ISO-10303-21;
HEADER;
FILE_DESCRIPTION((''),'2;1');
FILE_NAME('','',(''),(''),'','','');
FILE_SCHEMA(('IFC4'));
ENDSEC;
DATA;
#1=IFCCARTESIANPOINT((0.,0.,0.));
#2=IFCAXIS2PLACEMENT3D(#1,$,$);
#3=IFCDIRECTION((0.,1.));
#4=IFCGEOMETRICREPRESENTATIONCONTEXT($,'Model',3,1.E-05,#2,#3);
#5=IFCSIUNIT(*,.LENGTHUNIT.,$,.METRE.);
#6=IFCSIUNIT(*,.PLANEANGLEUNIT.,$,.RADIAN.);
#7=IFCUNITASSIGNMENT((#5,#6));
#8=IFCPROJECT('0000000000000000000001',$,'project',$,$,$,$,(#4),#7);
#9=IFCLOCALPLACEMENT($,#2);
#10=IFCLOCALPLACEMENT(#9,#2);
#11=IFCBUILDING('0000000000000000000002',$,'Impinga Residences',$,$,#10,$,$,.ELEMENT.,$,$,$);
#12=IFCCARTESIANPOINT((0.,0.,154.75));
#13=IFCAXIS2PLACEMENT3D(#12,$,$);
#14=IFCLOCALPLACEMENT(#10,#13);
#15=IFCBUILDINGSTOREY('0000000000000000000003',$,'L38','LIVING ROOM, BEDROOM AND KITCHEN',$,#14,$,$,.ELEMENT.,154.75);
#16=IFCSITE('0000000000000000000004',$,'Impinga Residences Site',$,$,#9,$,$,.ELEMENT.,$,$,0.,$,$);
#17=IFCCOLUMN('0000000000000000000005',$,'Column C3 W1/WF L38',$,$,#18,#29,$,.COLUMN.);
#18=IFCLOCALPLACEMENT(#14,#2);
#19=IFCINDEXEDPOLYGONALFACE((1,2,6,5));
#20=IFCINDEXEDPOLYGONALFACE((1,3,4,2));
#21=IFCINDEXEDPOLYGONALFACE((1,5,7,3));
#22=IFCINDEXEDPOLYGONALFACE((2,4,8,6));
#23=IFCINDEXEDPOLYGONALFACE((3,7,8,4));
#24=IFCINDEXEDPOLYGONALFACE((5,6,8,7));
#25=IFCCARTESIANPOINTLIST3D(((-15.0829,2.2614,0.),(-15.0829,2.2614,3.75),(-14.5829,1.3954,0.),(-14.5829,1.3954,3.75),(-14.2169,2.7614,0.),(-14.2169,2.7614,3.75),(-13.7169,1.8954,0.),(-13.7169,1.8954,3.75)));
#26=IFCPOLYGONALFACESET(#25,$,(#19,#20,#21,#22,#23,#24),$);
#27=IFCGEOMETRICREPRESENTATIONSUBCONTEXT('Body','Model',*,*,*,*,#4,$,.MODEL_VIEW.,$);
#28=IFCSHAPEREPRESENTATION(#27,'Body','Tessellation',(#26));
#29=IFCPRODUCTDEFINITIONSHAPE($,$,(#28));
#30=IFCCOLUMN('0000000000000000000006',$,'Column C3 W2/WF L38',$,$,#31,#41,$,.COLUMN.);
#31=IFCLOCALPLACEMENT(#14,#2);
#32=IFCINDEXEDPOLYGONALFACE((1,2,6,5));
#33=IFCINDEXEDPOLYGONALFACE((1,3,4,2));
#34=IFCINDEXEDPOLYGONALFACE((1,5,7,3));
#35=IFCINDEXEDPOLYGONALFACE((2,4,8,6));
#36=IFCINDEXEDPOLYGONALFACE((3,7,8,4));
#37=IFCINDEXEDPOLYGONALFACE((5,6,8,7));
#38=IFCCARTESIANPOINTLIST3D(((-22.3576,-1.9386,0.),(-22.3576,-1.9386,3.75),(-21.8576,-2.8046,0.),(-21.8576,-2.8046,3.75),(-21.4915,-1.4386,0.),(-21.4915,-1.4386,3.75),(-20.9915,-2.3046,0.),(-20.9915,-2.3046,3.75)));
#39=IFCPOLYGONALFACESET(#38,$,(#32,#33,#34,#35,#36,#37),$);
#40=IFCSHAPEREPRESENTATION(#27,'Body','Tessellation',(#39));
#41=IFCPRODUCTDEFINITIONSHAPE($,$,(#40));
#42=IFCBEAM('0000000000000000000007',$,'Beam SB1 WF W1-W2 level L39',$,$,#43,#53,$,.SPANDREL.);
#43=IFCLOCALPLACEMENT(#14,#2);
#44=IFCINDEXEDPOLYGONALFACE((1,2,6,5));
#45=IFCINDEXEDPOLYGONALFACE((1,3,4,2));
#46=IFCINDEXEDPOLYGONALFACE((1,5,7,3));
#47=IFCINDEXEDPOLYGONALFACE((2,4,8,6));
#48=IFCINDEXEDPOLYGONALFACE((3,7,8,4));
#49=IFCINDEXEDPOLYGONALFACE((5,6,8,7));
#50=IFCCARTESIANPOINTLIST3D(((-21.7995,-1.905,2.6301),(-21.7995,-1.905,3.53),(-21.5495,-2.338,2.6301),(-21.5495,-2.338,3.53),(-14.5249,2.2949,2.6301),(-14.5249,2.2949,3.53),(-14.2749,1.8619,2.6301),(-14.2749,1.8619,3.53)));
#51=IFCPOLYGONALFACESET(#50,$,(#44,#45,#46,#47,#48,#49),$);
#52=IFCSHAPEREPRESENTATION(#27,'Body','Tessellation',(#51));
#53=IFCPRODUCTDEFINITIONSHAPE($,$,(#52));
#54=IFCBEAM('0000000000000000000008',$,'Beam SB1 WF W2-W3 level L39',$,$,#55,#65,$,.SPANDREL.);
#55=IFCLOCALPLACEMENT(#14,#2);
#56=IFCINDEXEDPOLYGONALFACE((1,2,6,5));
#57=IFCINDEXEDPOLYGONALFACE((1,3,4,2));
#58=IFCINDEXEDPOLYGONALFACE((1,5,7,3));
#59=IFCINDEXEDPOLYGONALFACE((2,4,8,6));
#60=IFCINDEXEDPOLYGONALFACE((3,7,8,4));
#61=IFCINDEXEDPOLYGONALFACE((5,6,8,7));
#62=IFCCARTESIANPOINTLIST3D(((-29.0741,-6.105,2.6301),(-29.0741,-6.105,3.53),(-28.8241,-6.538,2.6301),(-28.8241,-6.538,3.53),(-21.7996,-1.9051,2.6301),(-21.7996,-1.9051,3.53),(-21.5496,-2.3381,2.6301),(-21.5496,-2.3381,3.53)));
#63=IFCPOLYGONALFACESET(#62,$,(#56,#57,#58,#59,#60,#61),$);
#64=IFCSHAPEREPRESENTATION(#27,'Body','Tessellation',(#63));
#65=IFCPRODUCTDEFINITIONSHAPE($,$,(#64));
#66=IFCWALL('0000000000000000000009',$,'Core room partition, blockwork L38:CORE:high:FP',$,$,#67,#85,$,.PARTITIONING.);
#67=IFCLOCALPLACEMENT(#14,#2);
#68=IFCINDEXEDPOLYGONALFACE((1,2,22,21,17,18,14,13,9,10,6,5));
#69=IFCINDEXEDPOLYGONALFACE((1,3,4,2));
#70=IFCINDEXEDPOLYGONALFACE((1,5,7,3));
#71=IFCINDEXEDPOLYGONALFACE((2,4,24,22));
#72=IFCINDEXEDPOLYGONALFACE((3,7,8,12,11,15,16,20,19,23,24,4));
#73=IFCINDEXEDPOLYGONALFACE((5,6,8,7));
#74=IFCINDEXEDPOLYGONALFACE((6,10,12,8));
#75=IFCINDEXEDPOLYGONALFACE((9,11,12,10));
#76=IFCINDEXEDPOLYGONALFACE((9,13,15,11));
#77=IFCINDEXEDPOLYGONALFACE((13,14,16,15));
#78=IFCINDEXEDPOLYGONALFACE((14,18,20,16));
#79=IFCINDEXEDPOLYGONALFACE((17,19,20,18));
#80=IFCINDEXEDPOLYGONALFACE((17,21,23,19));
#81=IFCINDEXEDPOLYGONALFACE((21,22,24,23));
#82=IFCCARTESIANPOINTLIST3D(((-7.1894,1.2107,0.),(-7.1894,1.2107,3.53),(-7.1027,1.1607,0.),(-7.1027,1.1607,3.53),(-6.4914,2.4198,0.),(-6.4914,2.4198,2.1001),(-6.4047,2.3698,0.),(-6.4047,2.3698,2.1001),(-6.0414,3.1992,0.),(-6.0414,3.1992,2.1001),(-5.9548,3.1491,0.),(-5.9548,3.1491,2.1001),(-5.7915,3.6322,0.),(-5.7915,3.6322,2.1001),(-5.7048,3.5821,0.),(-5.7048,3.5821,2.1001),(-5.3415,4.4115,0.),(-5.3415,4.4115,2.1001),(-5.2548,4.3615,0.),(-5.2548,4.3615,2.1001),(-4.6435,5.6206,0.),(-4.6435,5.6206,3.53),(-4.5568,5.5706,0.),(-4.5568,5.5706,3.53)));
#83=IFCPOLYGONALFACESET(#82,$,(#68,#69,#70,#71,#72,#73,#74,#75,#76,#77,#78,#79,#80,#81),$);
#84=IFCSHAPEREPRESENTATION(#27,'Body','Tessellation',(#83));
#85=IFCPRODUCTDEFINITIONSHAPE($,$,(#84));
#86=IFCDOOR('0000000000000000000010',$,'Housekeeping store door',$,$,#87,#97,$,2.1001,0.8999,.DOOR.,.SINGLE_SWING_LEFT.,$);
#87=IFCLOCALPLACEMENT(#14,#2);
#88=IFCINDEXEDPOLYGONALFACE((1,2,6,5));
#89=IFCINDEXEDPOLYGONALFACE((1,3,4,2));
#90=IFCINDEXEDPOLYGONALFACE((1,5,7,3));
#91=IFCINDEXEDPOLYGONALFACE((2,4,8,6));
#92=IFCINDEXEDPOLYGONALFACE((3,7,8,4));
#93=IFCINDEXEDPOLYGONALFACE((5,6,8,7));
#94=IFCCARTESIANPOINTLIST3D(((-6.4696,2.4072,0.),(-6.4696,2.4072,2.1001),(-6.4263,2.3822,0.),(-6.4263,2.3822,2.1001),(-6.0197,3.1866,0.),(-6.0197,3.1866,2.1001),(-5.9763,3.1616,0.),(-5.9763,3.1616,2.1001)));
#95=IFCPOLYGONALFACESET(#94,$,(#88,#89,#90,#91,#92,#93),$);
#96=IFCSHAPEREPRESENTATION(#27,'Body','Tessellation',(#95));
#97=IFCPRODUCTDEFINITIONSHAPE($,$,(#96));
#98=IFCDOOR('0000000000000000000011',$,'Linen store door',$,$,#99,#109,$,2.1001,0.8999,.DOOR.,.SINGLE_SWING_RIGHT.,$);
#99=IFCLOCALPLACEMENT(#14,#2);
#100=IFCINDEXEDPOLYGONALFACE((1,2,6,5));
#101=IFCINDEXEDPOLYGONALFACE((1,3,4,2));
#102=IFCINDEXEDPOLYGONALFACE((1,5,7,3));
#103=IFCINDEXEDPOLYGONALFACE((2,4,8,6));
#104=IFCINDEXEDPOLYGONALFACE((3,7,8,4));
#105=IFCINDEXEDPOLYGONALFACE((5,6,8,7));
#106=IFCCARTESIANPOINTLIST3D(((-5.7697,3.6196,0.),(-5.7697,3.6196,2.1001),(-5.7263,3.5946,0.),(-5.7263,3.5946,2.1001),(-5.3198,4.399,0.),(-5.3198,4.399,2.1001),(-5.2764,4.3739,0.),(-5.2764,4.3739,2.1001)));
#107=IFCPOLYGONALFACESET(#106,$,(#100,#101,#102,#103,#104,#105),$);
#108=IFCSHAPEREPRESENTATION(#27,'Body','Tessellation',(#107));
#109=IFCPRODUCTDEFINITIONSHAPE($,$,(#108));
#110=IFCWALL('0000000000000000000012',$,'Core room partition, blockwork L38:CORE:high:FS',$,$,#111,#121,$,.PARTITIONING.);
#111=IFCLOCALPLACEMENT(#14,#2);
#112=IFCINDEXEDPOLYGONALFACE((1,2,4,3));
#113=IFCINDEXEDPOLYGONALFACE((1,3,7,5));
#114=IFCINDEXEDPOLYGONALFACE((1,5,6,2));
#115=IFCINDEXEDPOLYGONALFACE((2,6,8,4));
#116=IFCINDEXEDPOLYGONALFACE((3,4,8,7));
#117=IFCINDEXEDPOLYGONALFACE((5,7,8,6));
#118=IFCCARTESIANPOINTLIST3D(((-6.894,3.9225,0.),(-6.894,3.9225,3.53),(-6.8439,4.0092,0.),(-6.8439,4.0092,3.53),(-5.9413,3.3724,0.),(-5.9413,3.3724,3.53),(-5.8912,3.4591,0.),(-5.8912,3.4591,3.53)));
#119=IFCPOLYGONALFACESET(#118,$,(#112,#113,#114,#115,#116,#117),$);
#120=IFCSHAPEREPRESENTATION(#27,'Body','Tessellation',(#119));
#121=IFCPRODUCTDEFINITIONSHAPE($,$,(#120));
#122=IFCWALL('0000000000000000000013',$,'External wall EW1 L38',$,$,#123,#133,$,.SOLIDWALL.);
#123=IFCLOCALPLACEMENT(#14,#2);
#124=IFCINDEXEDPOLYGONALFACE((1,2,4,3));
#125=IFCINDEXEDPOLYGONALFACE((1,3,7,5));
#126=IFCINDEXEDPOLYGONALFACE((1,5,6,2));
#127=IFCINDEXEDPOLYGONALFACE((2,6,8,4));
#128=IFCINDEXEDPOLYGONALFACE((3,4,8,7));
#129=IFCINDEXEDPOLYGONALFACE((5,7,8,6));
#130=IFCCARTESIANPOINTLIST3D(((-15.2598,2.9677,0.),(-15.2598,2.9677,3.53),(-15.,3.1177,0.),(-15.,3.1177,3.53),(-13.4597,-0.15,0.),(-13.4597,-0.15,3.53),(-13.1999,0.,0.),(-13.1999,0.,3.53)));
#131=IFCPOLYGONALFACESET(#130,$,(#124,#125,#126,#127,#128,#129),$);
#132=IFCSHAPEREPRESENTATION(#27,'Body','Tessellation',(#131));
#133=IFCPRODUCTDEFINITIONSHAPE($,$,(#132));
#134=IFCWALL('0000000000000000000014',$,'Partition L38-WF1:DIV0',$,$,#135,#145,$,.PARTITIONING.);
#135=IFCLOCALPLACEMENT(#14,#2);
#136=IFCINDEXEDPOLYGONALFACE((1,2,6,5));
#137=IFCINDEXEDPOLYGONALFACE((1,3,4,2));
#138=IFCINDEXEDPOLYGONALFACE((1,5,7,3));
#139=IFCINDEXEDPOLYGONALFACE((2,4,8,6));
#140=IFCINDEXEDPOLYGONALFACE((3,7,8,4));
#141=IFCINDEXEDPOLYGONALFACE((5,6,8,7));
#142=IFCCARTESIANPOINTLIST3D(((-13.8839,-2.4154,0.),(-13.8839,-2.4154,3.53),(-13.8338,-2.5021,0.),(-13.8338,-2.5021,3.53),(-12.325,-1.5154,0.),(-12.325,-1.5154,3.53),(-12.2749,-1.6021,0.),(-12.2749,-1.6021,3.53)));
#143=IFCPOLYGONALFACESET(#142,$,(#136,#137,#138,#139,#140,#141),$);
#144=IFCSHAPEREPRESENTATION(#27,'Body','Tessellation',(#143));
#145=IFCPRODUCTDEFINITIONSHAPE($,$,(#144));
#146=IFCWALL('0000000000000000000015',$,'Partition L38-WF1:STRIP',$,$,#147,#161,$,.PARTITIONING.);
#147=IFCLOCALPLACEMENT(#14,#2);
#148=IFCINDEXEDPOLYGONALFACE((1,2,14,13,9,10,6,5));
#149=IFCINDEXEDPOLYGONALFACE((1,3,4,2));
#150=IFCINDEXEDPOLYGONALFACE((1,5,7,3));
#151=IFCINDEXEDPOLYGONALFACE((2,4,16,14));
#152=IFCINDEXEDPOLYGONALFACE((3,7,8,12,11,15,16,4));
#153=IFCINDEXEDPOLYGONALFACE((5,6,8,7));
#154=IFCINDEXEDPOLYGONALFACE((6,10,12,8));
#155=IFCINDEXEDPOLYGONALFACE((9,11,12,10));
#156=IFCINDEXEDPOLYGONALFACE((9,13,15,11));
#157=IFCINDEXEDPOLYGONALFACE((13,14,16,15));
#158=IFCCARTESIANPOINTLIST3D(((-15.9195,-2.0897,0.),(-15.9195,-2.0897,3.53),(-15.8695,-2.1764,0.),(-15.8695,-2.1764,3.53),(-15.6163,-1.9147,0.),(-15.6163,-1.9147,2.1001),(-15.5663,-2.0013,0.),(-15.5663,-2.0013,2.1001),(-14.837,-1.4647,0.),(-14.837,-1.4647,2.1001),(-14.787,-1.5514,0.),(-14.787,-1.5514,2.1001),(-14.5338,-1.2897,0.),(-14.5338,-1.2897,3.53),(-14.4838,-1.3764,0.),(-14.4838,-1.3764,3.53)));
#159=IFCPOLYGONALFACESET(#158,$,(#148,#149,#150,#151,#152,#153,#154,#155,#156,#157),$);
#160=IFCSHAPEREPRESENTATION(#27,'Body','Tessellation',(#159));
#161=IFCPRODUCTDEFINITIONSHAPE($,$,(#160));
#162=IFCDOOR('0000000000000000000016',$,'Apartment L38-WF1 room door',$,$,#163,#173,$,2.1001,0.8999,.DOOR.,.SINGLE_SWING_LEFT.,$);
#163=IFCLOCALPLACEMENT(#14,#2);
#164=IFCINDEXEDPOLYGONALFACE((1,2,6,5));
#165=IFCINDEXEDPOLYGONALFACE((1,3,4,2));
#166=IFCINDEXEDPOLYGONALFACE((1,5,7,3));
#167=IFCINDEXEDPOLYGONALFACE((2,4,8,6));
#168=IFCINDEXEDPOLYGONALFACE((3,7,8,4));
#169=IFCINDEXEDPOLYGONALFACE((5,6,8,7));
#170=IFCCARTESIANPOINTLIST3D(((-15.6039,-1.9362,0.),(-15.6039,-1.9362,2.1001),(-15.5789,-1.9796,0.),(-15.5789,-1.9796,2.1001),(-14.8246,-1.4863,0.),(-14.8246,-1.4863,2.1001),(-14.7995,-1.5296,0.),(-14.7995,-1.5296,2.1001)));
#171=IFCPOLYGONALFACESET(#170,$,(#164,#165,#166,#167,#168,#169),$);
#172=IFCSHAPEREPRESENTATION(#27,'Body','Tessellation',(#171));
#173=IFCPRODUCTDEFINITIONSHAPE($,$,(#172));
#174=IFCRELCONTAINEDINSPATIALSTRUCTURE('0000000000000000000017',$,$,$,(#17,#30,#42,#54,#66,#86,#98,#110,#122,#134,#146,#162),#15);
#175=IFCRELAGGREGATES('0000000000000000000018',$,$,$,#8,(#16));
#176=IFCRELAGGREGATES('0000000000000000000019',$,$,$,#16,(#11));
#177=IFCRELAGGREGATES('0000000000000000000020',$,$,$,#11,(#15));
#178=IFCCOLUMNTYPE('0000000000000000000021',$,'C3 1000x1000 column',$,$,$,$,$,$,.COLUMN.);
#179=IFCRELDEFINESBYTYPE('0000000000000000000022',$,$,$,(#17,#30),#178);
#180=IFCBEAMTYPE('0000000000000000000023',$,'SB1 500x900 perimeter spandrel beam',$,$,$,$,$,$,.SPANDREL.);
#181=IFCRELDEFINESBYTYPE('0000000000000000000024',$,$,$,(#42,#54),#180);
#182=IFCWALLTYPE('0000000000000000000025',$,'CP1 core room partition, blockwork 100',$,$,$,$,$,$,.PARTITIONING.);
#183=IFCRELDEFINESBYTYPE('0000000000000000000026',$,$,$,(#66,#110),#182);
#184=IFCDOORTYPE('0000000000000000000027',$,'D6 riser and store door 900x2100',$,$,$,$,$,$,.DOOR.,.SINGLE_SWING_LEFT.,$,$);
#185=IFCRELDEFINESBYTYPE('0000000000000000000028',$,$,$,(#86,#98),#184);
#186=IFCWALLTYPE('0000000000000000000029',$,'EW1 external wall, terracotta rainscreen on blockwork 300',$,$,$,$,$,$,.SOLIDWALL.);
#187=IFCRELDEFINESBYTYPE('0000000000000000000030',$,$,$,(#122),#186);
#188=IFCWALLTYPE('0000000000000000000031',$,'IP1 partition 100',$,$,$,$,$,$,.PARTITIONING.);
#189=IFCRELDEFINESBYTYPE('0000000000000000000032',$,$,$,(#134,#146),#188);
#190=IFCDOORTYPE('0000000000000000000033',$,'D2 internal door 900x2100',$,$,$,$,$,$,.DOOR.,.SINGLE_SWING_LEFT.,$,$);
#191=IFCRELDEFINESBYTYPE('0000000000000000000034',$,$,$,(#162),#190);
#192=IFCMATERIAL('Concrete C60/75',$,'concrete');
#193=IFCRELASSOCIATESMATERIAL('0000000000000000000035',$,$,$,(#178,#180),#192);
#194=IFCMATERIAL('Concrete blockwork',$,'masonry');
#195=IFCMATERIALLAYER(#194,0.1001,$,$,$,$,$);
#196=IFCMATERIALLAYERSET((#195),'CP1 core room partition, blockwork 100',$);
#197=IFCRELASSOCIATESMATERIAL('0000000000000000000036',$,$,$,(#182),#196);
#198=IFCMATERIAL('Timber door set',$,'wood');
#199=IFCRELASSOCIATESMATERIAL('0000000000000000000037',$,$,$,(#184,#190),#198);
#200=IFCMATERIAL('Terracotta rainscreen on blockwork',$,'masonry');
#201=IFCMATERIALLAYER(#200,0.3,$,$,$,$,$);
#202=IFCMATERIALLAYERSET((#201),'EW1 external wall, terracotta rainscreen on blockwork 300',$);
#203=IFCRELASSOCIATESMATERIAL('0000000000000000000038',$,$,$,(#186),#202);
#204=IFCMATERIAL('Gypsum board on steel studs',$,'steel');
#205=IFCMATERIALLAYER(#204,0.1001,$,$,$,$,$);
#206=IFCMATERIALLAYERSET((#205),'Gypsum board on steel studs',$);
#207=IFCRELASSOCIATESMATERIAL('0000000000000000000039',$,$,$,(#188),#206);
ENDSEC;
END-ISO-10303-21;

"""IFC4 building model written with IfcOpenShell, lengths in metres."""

from ifc_helpers import new_model, si_unit, direction, frame, frame_2d, origin, origin_2d, place, context, subcontext, project, spatial, rectangle, extrude, material, layer, layer_set, material_profile, profile_set, type_object, element, fill, save


model = new_model("IFC4")

# Units and contexts
model_context = context("Model", 3, precision=1e-05, world=origin(), true_north=direction((0.0, 1.0)))
body_context = subcontext(model_context, "Body", "Model", "MODEL_VIEW")
ifc_project = project(units=[si_unit("LENGTHUNIT", "METRE"), si_unit("PLANEANGLEUNIT", "RADIAN")], contexts=[model_context])

# Site, building, storey
site_placement = place(None, origin())
site = spatial("IfcSite", under=ifc_project, at=site_placement, Name="Impinga Residences Site", CompositionType="ELEMENT", RefElevation=0.0)
building_placement = place(site_placement, origin())
building = spatial("IfcBuilding", under=site, at=building_placement, Name="Impinga Residences", CompositionType="ELEMENT")
storey_placement = place(building_placement, frame((0.0, 0.0, 154.75)))
storey = spatial("IfcBuildingStorey", under=building, at=storey_placement, Name="L38", Description="LIVING ROOM, BEDROOM AND KITCHEN", CompositionType="ELEMENT", Elevation=154.75)

# Columns
ifc_material_1 = material(Name="Concrete C60/75", Category="concrete")
ifc_material_profile_1 = material_profile(ifc_material_1, rectangle(XDim=1.0, YDim=1.0, at=origin_2d()), Name="RC 1000x1000")
ifc_profile_set_1 = profile_set([ifc_material_profile_1], Name="Concrete C60/75")
column_type = type_object("IfcColumnType", Name="C3 1000x1000 column", PredefinedType="COLUMN", material=ifc_profile_set_1)
for number, where, z_axis, x_axis, name in (
    (1, (-14.3999, 2.0784, 0.0), (0.0, 0.0, 1.0), (-0.5, 0.866025, 0.0), "Column C3 W1/WF L38"),
    (2, (-21.6746, -2.1216, 0.0), (0.0, 0.0, 1.0), (-0.5, 0.866025, 0.0), "Column C3 W2/WF L38"),
):
    element("IfcColumn", number, at=place(storey_placement, frame(where, z_axis=z_axis, x_axis=x_axis)), inside=storey, type_object=column_type, Name=name, PredefinedType="COLUMN", context=body_context, shape_type="SweptSolid", body=[
        extrude(rectangle(XDim=1.0, YDim=1.0, at=origin_2d()), origin(), (0.0, 0.0, 1.0), 3.75),
    ])

# Beams
ifc_material_profile_2 = material_profile(ifc_material_1, rectangle(XDim=0.5, YDim=0.8999, at=origin_2d()), Name="RC 500x900")
ifc_profile_set_2 = profile_set([ifc_material_profile_2], Name="Concrete C60/75")
beam_type = type_object("IfcBeamType", Name="SB1 500x900 perimeter spandrel beam", PredefinedType="SPANDREL", material=ifc_profile_set_2)
for number, where, z_axis, x_axis, name in (
    (3, (-14.3999, 2.0784, 3.0801), (-0.866029, -0.499993, 0.0), (0.499993, -0.866029, 0.0), "Beam SB1 WF W1-W2 level L39"),
    (4, (-21.6746, -2.1216, 3.0801), (-0.866029, -0.499993, 0.0), (0.499993, -0.866029, 0.0), "Beam SB1 WF W2-W3 level L39"),
):
    element("IfcBeam", number, at=place(storey_placement, frame(where, z_axis=z_axis, x_axis=x_axis)), inside=storey, type_object=beam_type, Name=name, PredefinedType="SPANDREL", context=body_context, shape_type="SweptSolid", body=[
        extrude(rectangle(XDim=0.5, YDim=0.8999, at=origin_2d()), origin(), (0.0, 0.0, 1.0), 8.3999),
    ])

# Wall, openings, doors
ifc_material_2 = material(Name="Concrete blockwork", Category="masonry")
ifc_layer_1 = layer(ifc_material_2, 0.1001)
ifc_layer_set_1 = layer_set([ifc_layer_1], Name="CP1 core room partition, blockwork 100")
wall_type_1 = type_object("IfcWallType", Name="CP1 core room partition, blockwork 100", PredefinedType="PARTITIONING", material=ifc_layer_set_1)
wall_1_placement = place(storey_placement, frame((-7.146, 1.1858, 0.0), z_axis=(0.0, 0.0, 1.0), x_axis=(0.499976, 0.866039, 0.0)))
wall_1 = element("IfcWall", 5, at=wall_1_placement, inside=storey, type_object=wall_type_1, Name="Core room partition, blockwork L38:CORE:high:FP", PredefinedType="PARTITIONING", context=body_context, shape_type="SweptSolid", body=[
    extrude(rectangle(XDim=5.092, YDim=0.1001, at=frame_2d((2.5459, 0.0))), origin(), (0.0, 0.0, 1.0), 3.53),
])
opening_1_placement = place(wall_1_placement, frame((1.396, 0.0, 0.0)))
opening_1 = element("IfcOpeningElement", 6, at=opening_1_placement, cuts=wall_1, PredefinedType="OPENING", context=body_context, shape_type="SweptSolid", body=[
    extrude(rectangle(XDim=0.8999, YDim=2.1001, at=frame_2d((0.45, 1.05))), frame((0.0, 0.0601, 0.0), z_axis=(0.0, -1.0, 0.0), x_axis=(1.0, 0.0, 0.0)), (0.0, 0.0, 1.0), 0.1201),
])
opening_2_placement = place(wall_1_placement, frame((2.7959, 0.0, 0.0)))
opening_2 = element("IfcOpeningElement", 7, at=opening_2_placement, cuts=wall_1, PredefinedType="OPENING", context=body_context, shape_type="SweptSolid", body=[
    extrude(rectangle(XDim=0.8999, YDim=2.1001, at=frame_2d((0.45, 1.05))), frame((0.0, 0.0601, 0.0), z_axis=(0.0, -1.0, 0.0), x_axis=(1.0, 0.0, 0.0)), (0.0, 0.0, 1.0), 0.1201),
])
ifc_material_3 = material(Name="Timber door set", Category="wood")
door_type_1 = type_object("IfcDoorType", Name="D6 riser and store door 900x2100", OperationType="SINGLE_SWING_LEFT", PredefinedType="DOOR", material=ifc_material_3)
door_1_placement = place(opening_1_placement, origin())
door_1 = element("IfcDoor", 8, at=door_1_placement, inside=storey, type_object=door_type_1, Name="Housekeeping store door", OperationType="SINGLE_SWING_LEFT", OverallHeight=2.1001, OverallWidth=0.8999, PredefinedType="DOOR", context=body_context, shape_type="SweptSolid", body=[
    extrude(rectangle(XDim=0.8999, YDim=2.1001, at=frame_2d((0.45, 1.05))), frame((0.0, 0.0249, 0.0), z_axis=(0.0, -1.0, 0.0), x_axis=(1.0, 0.0, 0.0)), (0.0, 0.0, 1.0), 0.05),
])
fill(opening_1, door_1)
door_2_placement = place(opening_2_placement, origin())
door_2 = element("IfcDoor", 9, at=door_2_placement, inside=storey, type_object=door_type_1, Name="Linen store door", OperationType="SINGLE_SWING_RIGHT", OverallHeight=2.1001, OverallWidth=0.8999, PredefinedType="DOOR", context=body_context, shape_type="SweptSolid", body=[
    extrude(rectangle(XDim=0.8999, YDim=2.1001, at=frame_2d((0.45, 1.05))), frame((0.0, 0.0249, 0.0), z_axis=(0.0, -1.0, 0.0), x_axis=(1.0, 0.0, 0.0)), (0.0, 0.0, 1.0), 0.05),
])
fill(opening_2, door_2)

# Walls
wall_2_placement = place(storey_placement, frame((-5.9163, 3.4158, 0.0), z_axis=(0.0, 0.0, 1.0), x_axis=(-0.866008, 0.50003, 0.0)))
element("IfcWall", 10, at=wall_2_placement, inside=storey, type_object=wall_type_1, Name="Core room partition, blockwork L38:CORE:high:FS", PredefinedType="PARTITIONING", context=body_context, shape_type="SweptSolid", body=[
    extrude(rectangle(XDim=1.1001, YDim=0.1001, at=frame_2d((0.55, 0.0))), origin(), (0.0, 0.0, 1.0), 3.53),
])
ifc_material_4 = material(Name="Terracotta rainscreen on blockwork", Category="masonry")
ifc_layer_2 = layer(ifc_material_4, 0.3)
ifc_layer_set_2 = layer_set([ifc_layer_2], Name="EW1 external wall, terracotta rainscreen on blockwork 300")
wall_type_2 = type_object("IfcWallType", Name="EW1 external wall, terracotta rainscreen on blockwork 300", PredefinedType="SOLIDWALL", material=ifc_layer_set_2)
wall_3_placement = place(storey_placement, frame((-15.1299, 3.0427, 0.0), z_axis=(0.0, 0.0, 1.0), x_axis=(0.500012, -0.866018, 0.0)))
element("IfcWall", 11, at=wall_3_placement, inside=storey, type_object=wall_type_2, Name="External wall EW1 L38", PredefinedType="SOLIDWALL", context=body_context, shape_type="SweptSolid", body=[
    extrude(rectangle(XDim=3.6001, YDim=0.3, at=frame_2d((1.8, 0.0))), origin(), (0.0, 0.0, 1.0), 3.53),
])
ifc_material_5 = material(Name="Gypsum board on steel studs", Category="steel")
ifc_layer_3 = layer(ifc_material_5, 0.1001)
ifc_layer_set_3 = layer_set([ifc_layer_3], Name="Gypsum board on steel studs")
wall_type_3 = type_object("IfcWallType", Name="IP1 partition 100", PredefinedType="PARTITIONING", material=ifc_layer_set_3)
wall_4_placement = place(storey_placement, frame((-12.3, -1.5588, 0.0), z_axis=(0.0, 0.0, 1.0), x_axis=(-0.866048, -0.499961, 0.0)))
element("IfcWall", 12, at=wall_4_placement, inside=storey, type_object=wall_type_3, Name="Partition L38-WF1:DIV0", PredefinedType="PARTITIONING", context=body_context, shape_type="SweptSolid", body=[
    extrude(rectangle(XDim=1.8, YDim=0.1001, at=frame_2d((0.8999, 0.0))), origin(), (0.0, 0.0, 1.0), 3.53),
])

# Wall, opening, door
wall_5_placement = place(storey_placement, frame((-14.5088, -1.333, 0.0), z_axis=(0.0, 0.0, 1.0), x_axis=(-0.866028, -0.499995, 0.0)))
wall_5 = element("IfcWall", 13, at=wall_5_placement, inside=storey, type_object=wall_type_3, Name="Partition L38-WF1:STRIP", PredefinedType="PARTITIONING", context=body_context, shape_type="SweptSolid", body=[
    extrude(rectangle(XDim=1.6001, YDim=0.1001, at=frame_2d((0.8, 0.0))), origin(), (0.0, 0.0, 1.0), 3.53),
])
opening_3_placement = place(wall_5_placement, frame((0.3501, 0.0, 0.0)))
opening_3 = element("IfcOpeningElement", 14, at=opening_3_placement, cuts=wall_5, PredefinedType="OPENING", context=body_context, shape_type="SweptSolid", body=[
    extrude(rectangle(XDim=0.8999, YDim=2.1001, at=frame_2d((0.45, 1.05))), frame((0.0, 0.0601, 0.0), z_axis=(0.0, -1.0, 0.0), x_axis=(1.0, 0.0, 0.0)), (0.0, 0.0, 1.0), 0.1201),
])
door_type_2 = type_object("IfcDoorType", Name="D2 internal door 900x2100", OperationType="SINGLE_SWING_LEFT", PredefinedType="DOOR", material=ifc_material_3)
door_3_placement = place(opening_3_placement, origin())
door_3 = element("IfcDoor", 15, at=door_3_placement, inside=storey, type_object=door_type_2, Name="Apartment L38-WF1 room door", OperationType="SINGLE_SWING_LEFT", OverallHeight=2.1001, OverallWidth=0.8999, PredefinedType="DOOR", context=body_context, shape_type="SweptSolid", body=[
    extrude(rectangle(XDim=0.8999, YDim=2.1001, at=frame_2d((0.45, 1.05))), frame((0.0, 0.0249, 0.0), z_axis=(0.0, -1.0, 0.0), x_axis=(1.0, 0.0, 0.0)), (0.0, 0.0, 1.0), 0.05),
])
fill(opening_3, door_3)

save(model, "model.ifc")
